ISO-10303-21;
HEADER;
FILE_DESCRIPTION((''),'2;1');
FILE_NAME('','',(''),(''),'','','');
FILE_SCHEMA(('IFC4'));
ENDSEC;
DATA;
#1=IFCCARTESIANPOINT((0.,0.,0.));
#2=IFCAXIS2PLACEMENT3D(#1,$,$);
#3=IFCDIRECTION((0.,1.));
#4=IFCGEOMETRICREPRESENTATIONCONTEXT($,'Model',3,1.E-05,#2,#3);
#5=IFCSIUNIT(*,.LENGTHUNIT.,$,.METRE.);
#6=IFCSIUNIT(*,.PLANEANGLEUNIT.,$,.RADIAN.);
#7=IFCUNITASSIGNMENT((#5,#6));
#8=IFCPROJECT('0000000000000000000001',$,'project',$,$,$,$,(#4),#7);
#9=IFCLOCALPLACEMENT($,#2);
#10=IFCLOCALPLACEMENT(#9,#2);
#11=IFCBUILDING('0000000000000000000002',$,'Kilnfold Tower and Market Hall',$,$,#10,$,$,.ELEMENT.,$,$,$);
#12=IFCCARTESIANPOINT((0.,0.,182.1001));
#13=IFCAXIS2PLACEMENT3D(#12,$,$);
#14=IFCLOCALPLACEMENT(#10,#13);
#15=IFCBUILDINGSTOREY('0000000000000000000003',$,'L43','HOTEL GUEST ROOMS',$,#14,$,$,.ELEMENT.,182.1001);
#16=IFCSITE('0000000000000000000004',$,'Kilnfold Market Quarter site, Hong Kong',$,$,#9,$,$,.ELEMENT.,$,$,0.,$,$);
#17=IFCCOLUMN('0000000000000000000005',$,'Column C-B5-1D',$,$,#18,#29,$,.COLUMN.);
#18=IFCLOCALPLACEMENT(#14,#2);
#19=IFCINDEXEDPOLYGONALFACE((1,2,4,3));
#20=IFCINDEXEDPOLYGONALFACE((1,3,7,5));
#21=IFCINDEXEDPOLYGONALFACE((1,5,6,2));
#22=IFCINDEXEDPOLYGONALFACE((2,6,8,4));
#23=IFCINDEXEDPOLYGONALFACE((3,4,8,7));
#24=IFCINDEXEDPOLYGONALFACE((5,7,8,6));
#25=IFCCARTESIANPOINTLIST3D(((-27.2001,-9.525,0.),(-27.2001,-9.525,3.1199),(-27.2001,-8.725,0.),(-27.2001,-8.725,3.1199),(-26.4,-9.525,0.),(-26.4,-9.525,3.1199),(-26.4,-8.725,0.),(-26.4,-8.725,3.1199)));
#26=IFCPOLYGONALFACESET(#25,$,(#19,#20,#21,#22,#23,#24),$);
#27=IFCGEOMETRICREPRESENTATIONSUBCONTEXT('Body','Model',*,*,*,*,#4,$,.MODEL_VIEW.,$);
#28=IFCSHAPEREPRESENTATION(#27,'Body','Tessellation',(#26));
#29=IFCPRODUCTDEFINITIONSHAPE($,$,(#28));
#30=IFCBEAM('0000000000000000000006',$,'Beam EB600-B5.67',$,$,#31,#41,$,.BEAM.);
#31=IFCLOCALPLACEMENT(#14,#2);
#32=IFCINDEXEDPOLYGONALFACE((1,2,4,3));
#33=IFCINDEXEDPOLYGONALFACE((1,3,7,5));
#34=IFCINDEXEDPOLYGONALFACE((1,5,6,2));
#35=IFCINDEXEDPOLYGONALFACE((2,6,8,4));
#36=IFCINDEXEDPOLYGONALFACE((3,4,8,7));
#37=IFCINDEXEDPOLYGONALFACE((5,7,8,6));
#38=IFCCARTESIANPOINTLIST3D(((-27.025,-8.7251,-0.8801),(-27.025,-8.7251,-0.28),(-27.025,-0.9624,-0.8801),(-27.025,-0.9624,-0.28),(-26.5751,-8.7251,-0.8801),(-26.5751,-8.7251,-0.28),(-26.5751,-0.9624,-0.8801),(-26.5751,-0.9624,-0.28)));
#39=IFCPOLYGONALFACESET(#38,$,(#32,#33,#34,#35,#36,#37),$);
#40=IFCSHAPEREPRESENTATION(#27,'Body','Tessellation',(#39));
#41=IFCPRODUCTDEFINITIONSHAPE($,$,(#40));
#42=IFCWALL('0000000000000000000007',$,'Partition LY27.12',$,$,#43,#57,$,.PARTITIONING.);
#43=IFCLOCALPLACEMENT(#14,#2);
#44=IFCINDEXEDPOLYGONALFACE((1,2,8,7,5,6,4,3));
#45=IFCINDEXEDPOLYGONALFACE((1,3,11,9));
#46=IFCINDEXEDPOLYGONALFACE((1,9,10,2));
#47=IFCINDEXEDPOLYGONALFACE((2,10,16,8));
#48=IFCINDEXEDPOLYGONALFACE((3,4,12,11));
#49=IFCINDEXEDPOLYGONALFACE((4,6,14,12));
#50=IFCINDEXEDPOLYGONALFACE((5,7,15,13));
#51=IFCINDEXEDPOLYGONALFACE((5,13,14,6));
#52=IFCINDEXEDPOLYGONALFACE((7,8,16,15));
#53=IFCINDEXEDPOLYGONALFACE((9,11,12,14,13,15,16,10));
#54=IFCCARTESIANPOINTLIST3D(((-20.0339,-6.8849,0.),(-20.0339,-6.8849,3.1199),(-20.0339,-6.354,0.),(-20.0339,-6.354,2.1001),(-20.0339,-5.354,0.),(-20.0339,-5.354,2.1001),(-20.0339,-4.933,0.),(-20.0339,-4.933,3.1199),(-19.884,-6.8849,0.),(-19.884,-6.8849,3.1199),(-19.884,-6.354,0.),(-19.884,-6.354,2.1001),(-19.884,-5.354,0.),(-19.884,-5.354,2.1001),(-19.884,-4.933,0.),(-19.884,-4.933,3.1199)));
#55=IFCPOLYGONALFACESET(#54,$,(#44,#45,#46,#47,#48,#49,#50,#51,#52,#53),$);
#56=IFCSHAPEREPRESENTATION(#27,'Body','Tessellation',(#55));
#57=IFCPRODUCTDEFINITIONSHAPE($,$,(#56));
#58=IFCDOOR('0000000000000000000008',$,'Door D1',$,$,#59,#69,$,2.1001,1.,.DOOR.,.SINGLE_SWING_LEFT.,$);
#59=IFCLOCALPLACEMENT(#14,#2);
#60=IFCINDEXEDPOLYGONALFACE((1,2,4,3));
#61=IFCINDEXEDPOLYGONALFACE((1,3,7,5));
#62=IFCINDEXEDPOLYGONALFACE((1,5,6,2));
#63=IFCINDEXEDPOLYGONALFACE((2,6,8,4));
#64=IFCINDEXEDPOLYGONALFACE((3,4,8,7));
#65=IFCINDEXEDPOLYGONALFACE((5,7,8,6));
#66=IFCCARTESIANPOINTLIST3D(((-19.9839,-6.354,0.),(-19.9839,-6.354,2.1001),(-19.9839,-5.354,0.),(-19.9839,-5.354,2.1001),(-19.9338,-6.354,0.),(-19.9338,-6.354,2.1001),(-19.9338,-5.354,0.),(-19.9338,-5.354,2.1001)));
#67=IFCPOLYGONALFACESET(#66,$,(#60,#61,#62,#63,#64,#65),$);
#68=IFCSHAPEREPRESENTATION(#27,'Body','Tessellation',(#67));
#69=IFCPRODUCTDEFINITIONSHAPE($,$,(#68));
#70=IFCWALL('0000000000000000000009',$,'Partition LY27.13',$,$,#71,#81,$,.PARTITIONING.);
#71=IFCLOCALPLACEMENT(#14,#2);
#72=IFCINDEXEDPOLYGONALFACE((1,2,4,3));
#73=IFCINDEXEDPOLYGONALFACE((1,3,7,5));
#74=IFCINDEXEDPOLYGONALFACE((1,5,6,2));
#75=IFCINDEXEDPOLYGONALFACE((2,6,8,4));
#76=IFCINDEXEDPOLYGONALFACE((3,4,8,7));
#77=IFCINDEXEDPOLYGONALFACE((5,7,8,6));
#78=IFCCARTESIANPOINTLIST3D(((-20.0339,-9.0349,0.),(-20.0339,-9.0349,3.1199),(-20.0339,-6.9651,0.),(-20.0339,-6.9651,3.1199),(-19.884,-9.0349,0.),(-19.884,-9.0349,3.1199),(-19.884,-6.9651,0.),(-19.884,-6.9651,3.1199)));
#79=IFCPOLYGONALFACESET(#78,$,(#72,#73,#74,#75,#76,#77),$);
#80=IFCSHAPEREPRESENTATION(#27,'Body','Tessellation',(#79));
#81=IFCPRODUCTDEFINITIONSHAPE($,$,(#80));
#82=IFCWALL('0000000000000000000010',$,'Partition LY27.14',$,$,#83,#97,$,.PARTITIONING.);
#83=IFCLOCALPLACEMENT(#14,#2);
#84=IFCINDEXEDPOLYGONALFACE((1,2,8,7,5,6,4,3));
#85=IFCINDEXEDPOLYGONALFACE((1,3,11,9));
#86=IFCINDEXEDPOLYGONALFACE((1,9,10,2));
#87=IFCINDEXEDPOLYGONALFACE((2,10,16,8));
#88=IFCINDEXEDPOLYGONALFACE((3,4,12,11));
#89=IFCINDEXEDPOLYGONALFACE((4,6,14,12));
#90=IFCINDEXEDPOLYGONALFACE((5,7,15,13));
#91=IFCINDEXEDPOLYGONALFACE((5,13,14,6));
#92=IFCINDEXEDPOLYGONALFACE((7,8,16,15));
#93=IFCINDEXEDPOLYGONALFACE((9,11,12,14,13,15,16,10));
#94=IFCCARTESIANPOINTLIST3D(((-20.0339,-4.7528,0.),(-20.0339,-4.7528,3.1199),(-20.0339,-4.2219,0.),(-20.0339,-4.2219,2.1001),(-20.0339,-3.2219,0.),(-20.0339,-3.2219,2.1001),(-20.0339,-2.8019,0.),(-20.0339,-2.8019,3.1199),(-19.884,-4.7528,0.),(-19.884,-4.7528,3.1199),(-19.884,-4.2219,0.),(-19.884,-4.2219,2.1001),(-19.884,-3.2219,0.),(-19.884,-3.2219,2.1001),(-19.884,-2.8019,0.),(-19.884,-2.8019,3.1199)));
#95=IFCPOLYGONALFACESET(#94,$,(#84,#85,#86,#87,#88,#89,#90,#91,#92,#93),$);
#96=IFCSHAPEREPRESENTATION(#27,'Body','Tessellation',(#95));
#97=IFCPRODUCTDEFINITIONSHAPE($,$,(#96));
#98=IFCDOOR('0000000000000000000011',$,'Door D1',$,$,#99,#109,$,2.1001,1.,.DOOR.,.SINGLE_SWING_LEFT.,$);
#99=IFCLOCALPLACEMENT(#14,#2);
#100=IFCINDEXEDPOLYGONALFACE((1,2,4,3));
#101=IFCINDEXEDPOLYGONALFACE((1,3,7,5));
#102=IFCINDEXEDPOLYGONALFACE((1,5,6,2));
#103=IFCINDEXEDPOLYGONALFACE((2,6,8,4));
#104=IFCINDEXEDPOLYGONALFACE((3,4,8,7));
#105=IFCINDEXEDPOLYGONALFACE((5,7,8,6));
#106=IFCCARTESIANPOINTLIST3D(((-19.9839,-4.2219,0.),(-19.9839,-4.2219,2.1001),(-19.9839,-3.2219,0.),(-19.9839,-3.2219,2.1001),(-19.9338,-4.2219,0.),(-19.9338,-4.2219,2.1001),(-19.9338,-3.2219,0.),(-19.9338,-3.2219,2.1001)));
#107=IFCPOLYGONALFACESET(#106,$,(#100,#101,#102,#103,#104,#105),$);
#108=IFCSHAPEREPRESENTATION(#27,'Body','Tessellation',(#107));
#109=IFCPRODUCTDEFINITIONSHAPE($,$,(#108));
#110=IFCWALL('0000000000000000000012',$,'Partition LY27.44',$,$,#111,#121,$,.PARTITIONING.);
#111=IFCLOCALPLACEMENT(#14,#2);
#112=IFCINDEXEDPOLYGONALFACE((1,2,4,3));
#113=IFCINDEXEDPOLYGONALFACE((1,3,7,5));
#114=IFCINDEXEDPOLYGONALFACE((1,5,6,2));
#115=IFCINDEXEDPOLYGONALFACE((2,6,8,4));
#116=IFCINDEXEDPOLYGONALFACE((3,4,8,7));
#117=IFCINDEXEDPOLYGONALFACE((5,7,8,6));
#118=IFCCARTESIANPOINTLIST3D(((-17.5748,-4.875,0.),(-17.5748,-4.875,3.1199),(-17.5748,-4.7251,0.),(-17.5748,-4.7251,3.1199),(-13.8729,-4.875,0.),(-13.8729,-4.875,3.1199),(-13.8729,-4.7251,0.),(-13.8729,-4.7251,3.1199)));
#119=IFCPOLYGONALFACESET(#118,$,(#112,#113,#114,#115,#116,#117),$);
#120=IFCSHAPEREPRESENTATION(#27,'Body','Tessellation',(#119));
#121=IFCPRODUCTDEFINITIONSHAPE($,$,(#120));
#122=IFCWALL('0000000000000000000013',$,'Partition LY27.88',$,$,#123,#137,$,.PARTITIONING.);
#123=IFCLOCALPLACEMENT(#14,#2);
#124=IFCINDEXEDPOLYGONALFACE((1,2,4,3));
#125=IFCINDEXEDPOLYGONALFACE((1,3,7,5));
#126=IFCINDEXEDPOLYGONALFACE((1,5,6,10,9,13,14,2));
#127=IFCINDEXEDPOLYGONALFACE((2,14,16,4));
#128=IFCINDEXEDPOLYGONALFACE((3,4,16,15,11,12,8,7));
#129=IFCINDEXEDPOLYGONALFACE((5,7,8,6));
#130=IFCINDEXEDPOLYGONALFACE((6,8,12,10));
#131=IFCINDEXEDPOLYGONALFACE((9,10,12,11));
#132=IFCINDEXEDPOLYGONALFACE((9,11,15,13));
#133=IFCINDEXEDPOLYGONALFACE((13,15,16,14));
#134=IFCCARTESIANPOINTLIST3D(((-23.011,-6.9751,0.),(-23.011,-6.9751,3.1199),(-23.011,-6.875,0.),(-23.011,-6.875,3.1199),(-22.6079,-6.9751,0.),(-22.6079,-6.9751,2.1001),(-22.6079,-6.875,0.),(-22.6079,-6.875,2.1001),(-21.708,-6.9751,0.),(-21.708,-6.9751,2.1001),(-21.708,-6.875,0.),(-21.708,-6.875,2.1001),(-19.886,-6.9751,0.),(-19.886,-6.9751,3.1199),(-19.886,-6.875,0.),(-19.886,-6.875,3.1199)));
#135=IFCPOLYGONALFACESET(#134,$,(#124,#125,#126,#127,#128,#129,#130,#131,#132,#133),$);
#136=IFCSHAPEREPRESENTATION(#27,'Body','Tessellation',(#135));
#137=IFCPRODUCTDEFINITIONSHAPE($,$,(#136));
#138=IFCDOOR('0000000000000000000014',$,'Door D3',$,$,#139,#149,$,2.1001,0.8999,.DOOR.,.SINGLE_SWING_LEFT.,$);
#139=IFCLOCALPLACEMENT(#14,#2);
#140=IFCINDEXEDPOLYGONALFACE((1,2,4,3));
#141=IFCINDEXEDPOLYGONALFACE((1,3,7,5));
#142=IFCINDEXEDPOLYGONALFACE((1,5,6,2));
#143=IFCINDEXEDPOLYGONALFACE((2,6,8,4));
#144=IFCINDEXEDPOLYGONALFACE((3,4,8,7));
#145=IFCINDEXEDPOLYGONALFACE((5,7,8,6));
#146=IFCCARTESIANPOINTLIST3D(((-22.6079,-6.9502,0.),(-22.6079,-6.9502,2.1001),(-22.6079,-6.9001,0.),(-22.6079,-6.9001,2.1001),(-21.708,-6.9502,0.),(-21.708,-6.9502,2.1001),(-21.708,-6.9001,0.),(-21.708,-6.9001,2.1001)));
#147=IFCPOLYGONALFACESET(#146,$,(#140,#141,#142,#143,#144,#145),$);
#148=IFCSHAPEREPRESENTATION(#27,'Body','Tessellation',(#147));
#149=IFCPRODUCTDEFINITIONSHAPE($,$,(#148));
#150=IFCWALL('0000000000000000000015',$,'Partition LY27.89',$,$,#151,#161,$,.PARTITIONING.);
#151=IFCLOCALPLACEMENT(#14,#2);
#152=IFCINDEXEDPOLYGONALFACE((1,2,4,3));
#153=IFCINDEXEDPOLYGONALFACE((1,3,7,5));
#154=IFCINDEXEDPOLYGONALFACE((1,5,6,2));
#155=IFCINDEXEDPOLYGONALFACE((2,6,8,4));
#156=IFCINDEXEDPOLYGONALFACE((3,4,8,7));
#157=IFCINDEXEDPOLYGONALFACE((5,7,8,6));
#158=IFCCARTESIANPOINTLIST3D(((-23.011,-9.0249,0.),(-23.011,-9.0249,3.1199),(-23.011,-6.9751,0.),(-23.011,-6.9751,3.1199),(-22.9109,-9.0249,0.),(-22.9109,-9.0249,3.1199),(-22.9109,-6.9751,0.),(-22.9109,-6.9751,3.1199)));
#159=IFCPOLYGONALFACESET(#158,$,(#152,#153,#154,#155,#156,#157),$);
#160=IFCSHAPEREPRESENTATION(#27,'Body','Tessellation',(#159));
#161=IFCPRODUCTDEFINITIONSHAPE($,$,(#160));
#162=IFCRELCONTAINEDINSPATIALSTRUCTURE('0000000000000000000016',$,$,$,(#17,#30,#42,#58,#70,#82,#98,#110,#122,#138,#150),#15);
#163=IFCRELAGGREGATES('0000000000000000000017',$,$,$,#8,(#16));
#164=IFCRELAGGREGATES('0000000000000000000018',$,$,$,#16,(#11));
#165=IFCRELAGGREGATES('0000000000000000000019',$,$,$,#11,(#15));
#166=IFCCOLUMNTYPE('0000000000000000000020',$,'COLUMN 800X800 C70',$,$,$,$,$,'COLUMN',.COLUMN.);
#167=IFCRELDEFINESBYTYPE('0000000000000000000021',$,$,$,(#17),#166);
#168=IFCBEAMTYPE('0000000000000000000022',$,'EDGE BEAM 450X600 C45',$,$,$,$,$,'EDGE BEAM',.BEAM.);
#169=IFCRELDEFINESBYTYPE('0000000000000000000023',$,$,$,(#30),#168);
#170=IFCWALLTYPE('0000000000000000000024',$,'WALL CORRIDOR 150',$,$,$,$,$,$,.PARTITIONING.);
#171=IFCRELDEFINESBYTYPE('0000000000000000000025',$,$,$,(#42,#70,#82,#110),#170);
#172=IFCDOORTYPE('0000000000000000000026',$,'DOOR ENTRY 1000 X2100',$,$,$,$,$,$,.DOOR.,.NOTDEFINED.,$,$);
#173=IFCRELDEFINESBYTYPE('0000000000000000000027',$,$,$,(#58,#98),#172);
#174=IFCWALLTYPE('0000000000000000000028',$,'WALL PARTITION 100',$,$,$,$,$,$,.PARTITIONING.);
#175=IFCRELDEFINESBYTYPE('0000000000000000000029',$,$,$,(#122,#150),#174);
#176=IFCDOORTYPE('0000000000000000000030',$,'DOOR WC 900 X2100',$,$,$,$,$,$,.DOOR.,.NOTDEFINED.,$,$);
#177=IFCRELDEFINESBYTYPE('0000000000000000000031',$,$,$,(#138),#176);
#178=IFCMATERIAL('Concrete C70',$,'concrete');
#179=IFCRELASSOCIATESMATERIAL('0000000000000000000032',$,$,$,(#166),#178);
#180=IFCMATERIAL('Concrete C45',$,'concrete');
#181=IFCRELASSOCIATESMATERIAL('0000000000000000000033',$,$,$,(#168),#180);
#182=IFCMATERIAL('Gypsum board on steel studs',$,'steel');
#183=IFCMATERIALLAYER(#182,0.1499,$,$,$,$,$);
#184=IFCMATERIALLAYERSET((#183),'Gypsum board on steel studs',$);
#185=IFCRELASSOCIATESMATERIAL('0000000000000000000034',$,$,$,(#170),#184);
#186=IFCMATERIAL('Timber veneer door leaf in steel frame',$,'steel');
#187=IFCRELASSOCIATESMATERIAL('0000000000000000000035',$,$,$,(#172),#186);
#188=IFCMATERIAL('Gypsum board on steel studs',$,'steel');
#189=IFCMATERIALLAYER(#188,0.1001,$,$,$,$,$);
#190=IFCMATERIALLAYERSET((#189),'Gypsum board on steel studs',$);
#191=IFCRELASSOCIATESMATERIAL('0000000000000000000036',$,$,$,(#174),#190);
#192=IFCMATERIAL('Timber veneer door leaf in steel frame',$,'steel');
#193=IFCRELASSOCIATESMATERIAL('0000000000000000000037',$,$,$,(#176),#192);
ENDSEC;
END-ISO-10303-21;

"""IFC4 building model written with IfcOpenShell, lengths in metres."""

from ifc_helpers import new_model, si_unit, direction, frame, frame_2d, origin, origin_2d, place, context, subcontext, project, spatial, rectangle, extrude, source, transform, mapped, material, layer, layer_set, material_profile, profile_set, type_object, element, fill, save


model = new_model("IFC4")

# Units and contexts
model_context = context("Model", 3, precision=1e-05, world=origin(), true_north=direction((0.0, 1.0)))
body_context = subcontext(model_context, "Body", "Model", "MODEL_VIEW")
ifc_project = project(units=[si_unit("LENGTHUNIT", "METRE"), si_unit("PLANEANGLEUNIT", "RADIAN")], contexts=[model_context])

# Site, building, storey
site_placement = place(None, origin())
site = spatial("IfcSite", under=ifc_project, at=site_placement, Name="Kilnfold Market Quarter site, Hong Kong", CompositionType="ELEMENT", RefElevation=0.0)
building_placement = place(site_placement, origin())
building = spatial("IfcBuilding", under=site, at=building_placement, Name="Kilnfold Tower and Market Hall", CompositionType="ELEMENT")
storey_placement = place(building_placement, frame((0.0, 0.0, 182.1001)))
storey = spatial("IfcBuildingStorey", under=building, at=storey_placement, Name="L43", Description="HOTEL GUEST ROOMS", CompositionType="ELEMENT", Elevation=182.1001)

# Column
ifc_material_1 = material(Name="Concrete C70", Category="concrete")
ifc_material_profile_1 = material_profile(ifc_material_1, rectangle(XDim=0.8, YDim=0.8, at=origin_2d()), Name="RC 800x800")
ifc_profile_set_1 = profile_set([ifc_material_profile_1], Name="Concrete C70")
column_type = type_object("IfcColumnType", Name="COLUMN 800X800 C70", ElementType="COLUMN", PredefinedType="COLUMN", material=ifc_profile_set_1)
shared_shape_1 = source(origin(), body_context, "Body", "SweptSolid", [
    extrude(rectangle(XDim=0.8, YDim=0.8, at=origin_2d()), origin(), (0.0, 0.0, 1.0), 3.1199),
])
column_placement = place(storey_placement, frame((-26.8, -9.125, 0.0), z_axis=(0.0, 0.0, 1.0), x_axis=(1.0, 0.0, 0.0)))
element("IfcColumn", 1, at=column_placement, inside=storey, type_object=column_type, Name="Column C-B5-1D", PredefinedType="COLUMN", context=body_context, shape_type="MappedRepresentation", body=[
    mapped(shared_shape_1, transform((0.0, 0.0, 0.0))),
])

# Beam
ifc_material_2 = material(Name="Concrete C45", Category="concrete")
ifc_material_profile_2 = material_profile(ifc_material_2, rectangle(XDim=0.45, YDim=0.6001, at=origin_2d()), Name="RC 450x600")
ifc_profile_set_2 = profile_set([ifc_material_profile_2], Name="Concrete C45")
beam_type = type_object("IfcBeamType", Name="EDGE BEAM 450X600 C45", ElementType="EDGE BEAM", PredefinedType="BEAM", material=ifc_profile_set_2)
shared_shape_2 = source(origin(), body_context, "Body", "SweptSolid", [
    extrude(rectangle(XDim=0.45, YDim=0.6001, at=origin_2d()), origin(), (0.0, 0.0, 1.0), 7.7627),
])
beam_placement = place(storey_placement, frame((-26.8, -8.7251, -0.5801), z_axis=(0.0, 1.0, 0.0), x_axis=(-1.0, 0.0, 0.0)))
element("IfcBeam", 2, at=beam_placement, inside=storey, type_object=beam_type, Name="Beam EB600-B5.67", PredefinedType="BEAM", context=body_context, shape_type="MappedRepresentation", body=[
    mapped(shared_shape_2, transform((0.0, 0.0, 0.0))),
])

# Wall, opening, door
ifc_material_3 = material(Name="Gypsum board on steel studs", Category="steel")
ifc_layer_1 = layer(ifc_material_3, 0.1499)
ifc_layer_set_1 = layer_set([ifc_layer_1], Name="Gypsum board on steel studs")
wall_type_1 = type_object("IfcWallType", Name="WALL CORRIDOR 150", PredefinedType="PARTITIONING", material=ifc_layer_set_1)
wall_1_placement = place(storey_placement, frame((-19.959, -6.885, 0.0), z_axis=(0.0, 0.0, 1.0), x_axis=(0.0, 1.0, 0.0)))
wall_1 = element("IfcWall", 3, at=wall_1_placement, inside=storey, type_object=wall_type_1, Name="Partition LY27.12", PredefinedType="PARTITIONING", context=body_context, shape_type="SweptSolid", body=[
    extrude(rectangle(XDim=1.9519, YDim=0.1499, at=frame_2d((0.9761, 0.0))), origin(), (0.0, 0.0, 1.0), 3.1199),
])
opening_1_placement = place(wall_1_placement, frame((0.531, 0.0, 0.0)))
opening_1 = element("IfcOpeningElement", 4, at=opening_1_placement, cuts=wall_1, PredefinedType="OPENING", context=body_context, shape_type="SweptSolid", body=[
    extrude(rectangle(XDim=1.0, YDim=2.1001, at=frame_2d((0.5, 1.05))), frame((0.0, 0.085, 0.0), z_axis=(0.0, -1.0, 0.0), x_axis=(1.0, 0.0, 0.0)), (0.0, 0.0, 1.0), 0.1699),
])
ifc_material_4 = material(Name="Timber veneer door leaf in steel frame", Category="steel")
door_type_1 = type_object("IfcDoorType", Name="DOOR ENTRY 1000 X2100", OperationType="NOTDEFINED", PredefinedType="DOOR", material=ifc_material_4)
door_1_placement = place(opening_1_placement, origin())
door_1 = element("IfcDoor", 5, at=door_1_placement, inside=storey, type_object=door_type_1, Name="Door D1", OperationType="SINGLE_SWING_LEFT", OverallHeight=2.1001, OverallWidth=1.0, PredefinedType="DOOR", context=body_context, shape_type="SweptSolid", body=[
    extrude(rectangle(XDim=1.0, YDim=2.1001, at=frame_2d((0.5, 1.05))), frame((0.0, 0.0249, 0.0), z_axis=(0.0, -1.0, 0.0), x_axis=(1.0, 0.0, 0.0)), (0.0, 0.0, 1.0), 0.05),
])
fill(opening_1, door_1)

# Wall
wall_2_placement = place(storey_placement, frame((-19.959, -9.0349, 0.0), z_axis=(0.0, 0.0, 1.0), x_axis=(0.0, 1.0, 0.0)))
element("IfcWall", 6, at=wall_2_placement, inside=storey, type_object=wall_type_1, Name="Partition LY27.13", PredefinedType="PARTITIONING", context=body_context, shape_type="SweptSolid", body=[
    extrude(rectangle(XDim=2.0698, YDim=0.1499, at=frame_2d((1.0349, 0.0))), origin(), (0.0, 0.0, 1.0), 3.1199),
])

# Wall, opening, door
wall_3_placement = place(storey_placement, frame((-19.959, -4.7529, 0.0), z_axis=(0.0, 0.0, 1.0), x_axis=(0.0, 1.0, 0.0)))
wall_3 = element("IfcWall", 7, at=wall_3_placement, inside=storey, type_object=wall_type_1, Name="Partition LY27.14", PredefinedType="PARTITIONING", context=body_context, shape_type="SweptSolid", body=[
    extrude(rectangle(XDim=1.9509, YDim=0.1499, at=frame_2d((0.9756, 0.0))), origin(), (0.0, 0.0, 1.0), 3.1199),
])
opening_2_placement = place(wall_3_placement, frame((0.531, 0.0, 0.0)))
opening_2 = element("IfcOpeningElement", 8, at=opening_2_placement, cuts=wall_3, PredefinedType="OPENING", context=body_context, shape_type="SweptSolid", body=[
    extrude(rectangle(XDim=1.0, YDim=2.1001, at=frame_2d((0.5, 1.05))), frame((0.0, 0.085, 0.0), z_axis=(0.0, -1.0, 0.0), x_axis=(1.0, 0.0, 0.0)), (0.0, 0.0, 1.0), 0.1699),
])
door_2_placement = place(opening_2_placement, origin())
door_2 = element("IfcDoor", 9, at=door_2_placement, inside=storey, type_object=door_type_1, Name="Door D1", OperationType="SINGLE_SWING_LEFT", OverallHeight=2.1001, OverallWidth=1.0, PredefinedType="DOOR", context=body_context, shape_type="SweptSolid", body=[
    extrude(rectangle(XDim=1.0, YDim=2.1001, at=frame_2d((0.5, 1.05))), frame((0.0, 0.0249, 0.0), z_axis=(0.0, -1.0, 0.0), x_axis=(1.0, 0.0, 0.0)), (0.0, 0.0, 1.0), 0.05),
])
fill(opening_2, door_2)

# Wall
wall_4_placement = place(storey_placement, frame((-17.575, -4.8, 0.0), z_axis=(0.0, 0.0, 1.0), x_axis=(1.0, 0.0, 0.0)))
element("IfcWall", 10, at=wall_4_placement, inside=storey, type_object=wall_type_1, Name="Partition LY27.44", PredefinedType="PARTITIONING", context=body_context, shape_type="SweptSolid", body=[
    extrude(rectangle(XDim=3.7019, YDim=0.1499, at=frame_2d((1.8511, 0.0))), origin(), (0.0, 0.0, 1.0), 3.1199),
])

# Wall, opening, door
ifc_material_5 = material(Name="Gypsum board on steel studs", Category="steel")
ifc_layer_2 = layer(ifc_material_5, 0.1001)
ifc_layer_set_2 = layer_set([ifc_layer_2], Name="Gypsum board on steel studs")
wall_type_2 = type_object("IfcWallType", Name="WALL PARTITION 100", PredefinedType="PARTITIONING", material=ifc_layer_set_2)
wall_5_placement = place(storey_placement, frame((-23.011, -6.925, 0.0), z_axis=(0.0, 0.0, 1.0), x_axis=(1.0, 0.0, 0.0)))
wall_5 = element("IfcWall", 11, at=wall_5_placement, inside=storey, type_object=wall_type_2, Name="Partition LY27.88", PredefinedType="PARTITIONING", context=body_context, shape_type="SweptSolid", body=[
    extrude(rectangle(XDim=3.125, YDim=0.1001, at=frame_2d((1.5625, 0.0))), origin(), (0.0, 0.0, 1.0), 3.1199),
])
opening_3_placement = place(wall_5_placement, frame((0.4031, 0.0, 0.0)))
opening_3 = element("IfcOpeningElement", 12, at=opening_3_placement, cuts=wall_5, PredefinedType="OPENING", context=body_context, shape_type="SweptSolid", body=[
    extrude(rectangle(XDim=0.8999, YDim=2.1001, at=frame_2d((0.45, 1.05))), frame((0.0, 0.0601, 0.0), z_axis=(0.0, -1.0, 0.0), x_axis=(1.0, 0.0, 0.0)), (0.0, 0.0, 1.0), 0.1201),
])
ifc_material_6 = material(Name="Timber veneer door leaf in steel frame", Category="steel")
door_type_2 = type_object("IfcDoorType", Name="DOOR WC 900 X2100", OperationType="NOTDEFINED", PredefinedType="DOOR", material=ifc_material_6)
door_3_placement = place(opening_3_placement, origin())
door_3 = element("IfcDoor", 13, at=door_3_placement, inside=storey, type_object=door_type_2, Name="Door D3", OperationType="SINGLE_SWING_LEFT", OverallHeight=2.1001, OverallWidth=0.8999, PredefinedType="DOOR", context=body_context, shape_type="SweptSolid", body=[
    extrude(rectangle(XDim=0.8999, YDim=2.1001, at=frame_2d((0.45, 1.05))), frame((0.0, 0.0249, 0.0), z_axis=(0.0, -1.0, 0.0), x_axis=(1.0, 0.0, 0.0)), (0.0, 0.0, 1.0), 0.05),
])
fill(opening_3, door_3)

# Wall
wall_6_placement = place(storey_placement, frame((-22.9609, -9.0249, 0.0), z_axis=(0.0, 0.0, 1.0), x_axis=(0.0, 1.0, 0.0)))
element("IfcWall", 14, at=wall_6_placement, inside=storey, type_object=wall_type_2, Name="Partition LY27.89", PredefinedType="PARTITIONING", context=body_context, shape_type="SweptSolid", body=[
    extrude(rectangle(XDim=2.0498, YDim=0.1001, at=frame_2d((1.0249, 0.0))), origin(), (0.0, 0.0, 1.0), 3.1199),
])

save(model, "model.ifc")
